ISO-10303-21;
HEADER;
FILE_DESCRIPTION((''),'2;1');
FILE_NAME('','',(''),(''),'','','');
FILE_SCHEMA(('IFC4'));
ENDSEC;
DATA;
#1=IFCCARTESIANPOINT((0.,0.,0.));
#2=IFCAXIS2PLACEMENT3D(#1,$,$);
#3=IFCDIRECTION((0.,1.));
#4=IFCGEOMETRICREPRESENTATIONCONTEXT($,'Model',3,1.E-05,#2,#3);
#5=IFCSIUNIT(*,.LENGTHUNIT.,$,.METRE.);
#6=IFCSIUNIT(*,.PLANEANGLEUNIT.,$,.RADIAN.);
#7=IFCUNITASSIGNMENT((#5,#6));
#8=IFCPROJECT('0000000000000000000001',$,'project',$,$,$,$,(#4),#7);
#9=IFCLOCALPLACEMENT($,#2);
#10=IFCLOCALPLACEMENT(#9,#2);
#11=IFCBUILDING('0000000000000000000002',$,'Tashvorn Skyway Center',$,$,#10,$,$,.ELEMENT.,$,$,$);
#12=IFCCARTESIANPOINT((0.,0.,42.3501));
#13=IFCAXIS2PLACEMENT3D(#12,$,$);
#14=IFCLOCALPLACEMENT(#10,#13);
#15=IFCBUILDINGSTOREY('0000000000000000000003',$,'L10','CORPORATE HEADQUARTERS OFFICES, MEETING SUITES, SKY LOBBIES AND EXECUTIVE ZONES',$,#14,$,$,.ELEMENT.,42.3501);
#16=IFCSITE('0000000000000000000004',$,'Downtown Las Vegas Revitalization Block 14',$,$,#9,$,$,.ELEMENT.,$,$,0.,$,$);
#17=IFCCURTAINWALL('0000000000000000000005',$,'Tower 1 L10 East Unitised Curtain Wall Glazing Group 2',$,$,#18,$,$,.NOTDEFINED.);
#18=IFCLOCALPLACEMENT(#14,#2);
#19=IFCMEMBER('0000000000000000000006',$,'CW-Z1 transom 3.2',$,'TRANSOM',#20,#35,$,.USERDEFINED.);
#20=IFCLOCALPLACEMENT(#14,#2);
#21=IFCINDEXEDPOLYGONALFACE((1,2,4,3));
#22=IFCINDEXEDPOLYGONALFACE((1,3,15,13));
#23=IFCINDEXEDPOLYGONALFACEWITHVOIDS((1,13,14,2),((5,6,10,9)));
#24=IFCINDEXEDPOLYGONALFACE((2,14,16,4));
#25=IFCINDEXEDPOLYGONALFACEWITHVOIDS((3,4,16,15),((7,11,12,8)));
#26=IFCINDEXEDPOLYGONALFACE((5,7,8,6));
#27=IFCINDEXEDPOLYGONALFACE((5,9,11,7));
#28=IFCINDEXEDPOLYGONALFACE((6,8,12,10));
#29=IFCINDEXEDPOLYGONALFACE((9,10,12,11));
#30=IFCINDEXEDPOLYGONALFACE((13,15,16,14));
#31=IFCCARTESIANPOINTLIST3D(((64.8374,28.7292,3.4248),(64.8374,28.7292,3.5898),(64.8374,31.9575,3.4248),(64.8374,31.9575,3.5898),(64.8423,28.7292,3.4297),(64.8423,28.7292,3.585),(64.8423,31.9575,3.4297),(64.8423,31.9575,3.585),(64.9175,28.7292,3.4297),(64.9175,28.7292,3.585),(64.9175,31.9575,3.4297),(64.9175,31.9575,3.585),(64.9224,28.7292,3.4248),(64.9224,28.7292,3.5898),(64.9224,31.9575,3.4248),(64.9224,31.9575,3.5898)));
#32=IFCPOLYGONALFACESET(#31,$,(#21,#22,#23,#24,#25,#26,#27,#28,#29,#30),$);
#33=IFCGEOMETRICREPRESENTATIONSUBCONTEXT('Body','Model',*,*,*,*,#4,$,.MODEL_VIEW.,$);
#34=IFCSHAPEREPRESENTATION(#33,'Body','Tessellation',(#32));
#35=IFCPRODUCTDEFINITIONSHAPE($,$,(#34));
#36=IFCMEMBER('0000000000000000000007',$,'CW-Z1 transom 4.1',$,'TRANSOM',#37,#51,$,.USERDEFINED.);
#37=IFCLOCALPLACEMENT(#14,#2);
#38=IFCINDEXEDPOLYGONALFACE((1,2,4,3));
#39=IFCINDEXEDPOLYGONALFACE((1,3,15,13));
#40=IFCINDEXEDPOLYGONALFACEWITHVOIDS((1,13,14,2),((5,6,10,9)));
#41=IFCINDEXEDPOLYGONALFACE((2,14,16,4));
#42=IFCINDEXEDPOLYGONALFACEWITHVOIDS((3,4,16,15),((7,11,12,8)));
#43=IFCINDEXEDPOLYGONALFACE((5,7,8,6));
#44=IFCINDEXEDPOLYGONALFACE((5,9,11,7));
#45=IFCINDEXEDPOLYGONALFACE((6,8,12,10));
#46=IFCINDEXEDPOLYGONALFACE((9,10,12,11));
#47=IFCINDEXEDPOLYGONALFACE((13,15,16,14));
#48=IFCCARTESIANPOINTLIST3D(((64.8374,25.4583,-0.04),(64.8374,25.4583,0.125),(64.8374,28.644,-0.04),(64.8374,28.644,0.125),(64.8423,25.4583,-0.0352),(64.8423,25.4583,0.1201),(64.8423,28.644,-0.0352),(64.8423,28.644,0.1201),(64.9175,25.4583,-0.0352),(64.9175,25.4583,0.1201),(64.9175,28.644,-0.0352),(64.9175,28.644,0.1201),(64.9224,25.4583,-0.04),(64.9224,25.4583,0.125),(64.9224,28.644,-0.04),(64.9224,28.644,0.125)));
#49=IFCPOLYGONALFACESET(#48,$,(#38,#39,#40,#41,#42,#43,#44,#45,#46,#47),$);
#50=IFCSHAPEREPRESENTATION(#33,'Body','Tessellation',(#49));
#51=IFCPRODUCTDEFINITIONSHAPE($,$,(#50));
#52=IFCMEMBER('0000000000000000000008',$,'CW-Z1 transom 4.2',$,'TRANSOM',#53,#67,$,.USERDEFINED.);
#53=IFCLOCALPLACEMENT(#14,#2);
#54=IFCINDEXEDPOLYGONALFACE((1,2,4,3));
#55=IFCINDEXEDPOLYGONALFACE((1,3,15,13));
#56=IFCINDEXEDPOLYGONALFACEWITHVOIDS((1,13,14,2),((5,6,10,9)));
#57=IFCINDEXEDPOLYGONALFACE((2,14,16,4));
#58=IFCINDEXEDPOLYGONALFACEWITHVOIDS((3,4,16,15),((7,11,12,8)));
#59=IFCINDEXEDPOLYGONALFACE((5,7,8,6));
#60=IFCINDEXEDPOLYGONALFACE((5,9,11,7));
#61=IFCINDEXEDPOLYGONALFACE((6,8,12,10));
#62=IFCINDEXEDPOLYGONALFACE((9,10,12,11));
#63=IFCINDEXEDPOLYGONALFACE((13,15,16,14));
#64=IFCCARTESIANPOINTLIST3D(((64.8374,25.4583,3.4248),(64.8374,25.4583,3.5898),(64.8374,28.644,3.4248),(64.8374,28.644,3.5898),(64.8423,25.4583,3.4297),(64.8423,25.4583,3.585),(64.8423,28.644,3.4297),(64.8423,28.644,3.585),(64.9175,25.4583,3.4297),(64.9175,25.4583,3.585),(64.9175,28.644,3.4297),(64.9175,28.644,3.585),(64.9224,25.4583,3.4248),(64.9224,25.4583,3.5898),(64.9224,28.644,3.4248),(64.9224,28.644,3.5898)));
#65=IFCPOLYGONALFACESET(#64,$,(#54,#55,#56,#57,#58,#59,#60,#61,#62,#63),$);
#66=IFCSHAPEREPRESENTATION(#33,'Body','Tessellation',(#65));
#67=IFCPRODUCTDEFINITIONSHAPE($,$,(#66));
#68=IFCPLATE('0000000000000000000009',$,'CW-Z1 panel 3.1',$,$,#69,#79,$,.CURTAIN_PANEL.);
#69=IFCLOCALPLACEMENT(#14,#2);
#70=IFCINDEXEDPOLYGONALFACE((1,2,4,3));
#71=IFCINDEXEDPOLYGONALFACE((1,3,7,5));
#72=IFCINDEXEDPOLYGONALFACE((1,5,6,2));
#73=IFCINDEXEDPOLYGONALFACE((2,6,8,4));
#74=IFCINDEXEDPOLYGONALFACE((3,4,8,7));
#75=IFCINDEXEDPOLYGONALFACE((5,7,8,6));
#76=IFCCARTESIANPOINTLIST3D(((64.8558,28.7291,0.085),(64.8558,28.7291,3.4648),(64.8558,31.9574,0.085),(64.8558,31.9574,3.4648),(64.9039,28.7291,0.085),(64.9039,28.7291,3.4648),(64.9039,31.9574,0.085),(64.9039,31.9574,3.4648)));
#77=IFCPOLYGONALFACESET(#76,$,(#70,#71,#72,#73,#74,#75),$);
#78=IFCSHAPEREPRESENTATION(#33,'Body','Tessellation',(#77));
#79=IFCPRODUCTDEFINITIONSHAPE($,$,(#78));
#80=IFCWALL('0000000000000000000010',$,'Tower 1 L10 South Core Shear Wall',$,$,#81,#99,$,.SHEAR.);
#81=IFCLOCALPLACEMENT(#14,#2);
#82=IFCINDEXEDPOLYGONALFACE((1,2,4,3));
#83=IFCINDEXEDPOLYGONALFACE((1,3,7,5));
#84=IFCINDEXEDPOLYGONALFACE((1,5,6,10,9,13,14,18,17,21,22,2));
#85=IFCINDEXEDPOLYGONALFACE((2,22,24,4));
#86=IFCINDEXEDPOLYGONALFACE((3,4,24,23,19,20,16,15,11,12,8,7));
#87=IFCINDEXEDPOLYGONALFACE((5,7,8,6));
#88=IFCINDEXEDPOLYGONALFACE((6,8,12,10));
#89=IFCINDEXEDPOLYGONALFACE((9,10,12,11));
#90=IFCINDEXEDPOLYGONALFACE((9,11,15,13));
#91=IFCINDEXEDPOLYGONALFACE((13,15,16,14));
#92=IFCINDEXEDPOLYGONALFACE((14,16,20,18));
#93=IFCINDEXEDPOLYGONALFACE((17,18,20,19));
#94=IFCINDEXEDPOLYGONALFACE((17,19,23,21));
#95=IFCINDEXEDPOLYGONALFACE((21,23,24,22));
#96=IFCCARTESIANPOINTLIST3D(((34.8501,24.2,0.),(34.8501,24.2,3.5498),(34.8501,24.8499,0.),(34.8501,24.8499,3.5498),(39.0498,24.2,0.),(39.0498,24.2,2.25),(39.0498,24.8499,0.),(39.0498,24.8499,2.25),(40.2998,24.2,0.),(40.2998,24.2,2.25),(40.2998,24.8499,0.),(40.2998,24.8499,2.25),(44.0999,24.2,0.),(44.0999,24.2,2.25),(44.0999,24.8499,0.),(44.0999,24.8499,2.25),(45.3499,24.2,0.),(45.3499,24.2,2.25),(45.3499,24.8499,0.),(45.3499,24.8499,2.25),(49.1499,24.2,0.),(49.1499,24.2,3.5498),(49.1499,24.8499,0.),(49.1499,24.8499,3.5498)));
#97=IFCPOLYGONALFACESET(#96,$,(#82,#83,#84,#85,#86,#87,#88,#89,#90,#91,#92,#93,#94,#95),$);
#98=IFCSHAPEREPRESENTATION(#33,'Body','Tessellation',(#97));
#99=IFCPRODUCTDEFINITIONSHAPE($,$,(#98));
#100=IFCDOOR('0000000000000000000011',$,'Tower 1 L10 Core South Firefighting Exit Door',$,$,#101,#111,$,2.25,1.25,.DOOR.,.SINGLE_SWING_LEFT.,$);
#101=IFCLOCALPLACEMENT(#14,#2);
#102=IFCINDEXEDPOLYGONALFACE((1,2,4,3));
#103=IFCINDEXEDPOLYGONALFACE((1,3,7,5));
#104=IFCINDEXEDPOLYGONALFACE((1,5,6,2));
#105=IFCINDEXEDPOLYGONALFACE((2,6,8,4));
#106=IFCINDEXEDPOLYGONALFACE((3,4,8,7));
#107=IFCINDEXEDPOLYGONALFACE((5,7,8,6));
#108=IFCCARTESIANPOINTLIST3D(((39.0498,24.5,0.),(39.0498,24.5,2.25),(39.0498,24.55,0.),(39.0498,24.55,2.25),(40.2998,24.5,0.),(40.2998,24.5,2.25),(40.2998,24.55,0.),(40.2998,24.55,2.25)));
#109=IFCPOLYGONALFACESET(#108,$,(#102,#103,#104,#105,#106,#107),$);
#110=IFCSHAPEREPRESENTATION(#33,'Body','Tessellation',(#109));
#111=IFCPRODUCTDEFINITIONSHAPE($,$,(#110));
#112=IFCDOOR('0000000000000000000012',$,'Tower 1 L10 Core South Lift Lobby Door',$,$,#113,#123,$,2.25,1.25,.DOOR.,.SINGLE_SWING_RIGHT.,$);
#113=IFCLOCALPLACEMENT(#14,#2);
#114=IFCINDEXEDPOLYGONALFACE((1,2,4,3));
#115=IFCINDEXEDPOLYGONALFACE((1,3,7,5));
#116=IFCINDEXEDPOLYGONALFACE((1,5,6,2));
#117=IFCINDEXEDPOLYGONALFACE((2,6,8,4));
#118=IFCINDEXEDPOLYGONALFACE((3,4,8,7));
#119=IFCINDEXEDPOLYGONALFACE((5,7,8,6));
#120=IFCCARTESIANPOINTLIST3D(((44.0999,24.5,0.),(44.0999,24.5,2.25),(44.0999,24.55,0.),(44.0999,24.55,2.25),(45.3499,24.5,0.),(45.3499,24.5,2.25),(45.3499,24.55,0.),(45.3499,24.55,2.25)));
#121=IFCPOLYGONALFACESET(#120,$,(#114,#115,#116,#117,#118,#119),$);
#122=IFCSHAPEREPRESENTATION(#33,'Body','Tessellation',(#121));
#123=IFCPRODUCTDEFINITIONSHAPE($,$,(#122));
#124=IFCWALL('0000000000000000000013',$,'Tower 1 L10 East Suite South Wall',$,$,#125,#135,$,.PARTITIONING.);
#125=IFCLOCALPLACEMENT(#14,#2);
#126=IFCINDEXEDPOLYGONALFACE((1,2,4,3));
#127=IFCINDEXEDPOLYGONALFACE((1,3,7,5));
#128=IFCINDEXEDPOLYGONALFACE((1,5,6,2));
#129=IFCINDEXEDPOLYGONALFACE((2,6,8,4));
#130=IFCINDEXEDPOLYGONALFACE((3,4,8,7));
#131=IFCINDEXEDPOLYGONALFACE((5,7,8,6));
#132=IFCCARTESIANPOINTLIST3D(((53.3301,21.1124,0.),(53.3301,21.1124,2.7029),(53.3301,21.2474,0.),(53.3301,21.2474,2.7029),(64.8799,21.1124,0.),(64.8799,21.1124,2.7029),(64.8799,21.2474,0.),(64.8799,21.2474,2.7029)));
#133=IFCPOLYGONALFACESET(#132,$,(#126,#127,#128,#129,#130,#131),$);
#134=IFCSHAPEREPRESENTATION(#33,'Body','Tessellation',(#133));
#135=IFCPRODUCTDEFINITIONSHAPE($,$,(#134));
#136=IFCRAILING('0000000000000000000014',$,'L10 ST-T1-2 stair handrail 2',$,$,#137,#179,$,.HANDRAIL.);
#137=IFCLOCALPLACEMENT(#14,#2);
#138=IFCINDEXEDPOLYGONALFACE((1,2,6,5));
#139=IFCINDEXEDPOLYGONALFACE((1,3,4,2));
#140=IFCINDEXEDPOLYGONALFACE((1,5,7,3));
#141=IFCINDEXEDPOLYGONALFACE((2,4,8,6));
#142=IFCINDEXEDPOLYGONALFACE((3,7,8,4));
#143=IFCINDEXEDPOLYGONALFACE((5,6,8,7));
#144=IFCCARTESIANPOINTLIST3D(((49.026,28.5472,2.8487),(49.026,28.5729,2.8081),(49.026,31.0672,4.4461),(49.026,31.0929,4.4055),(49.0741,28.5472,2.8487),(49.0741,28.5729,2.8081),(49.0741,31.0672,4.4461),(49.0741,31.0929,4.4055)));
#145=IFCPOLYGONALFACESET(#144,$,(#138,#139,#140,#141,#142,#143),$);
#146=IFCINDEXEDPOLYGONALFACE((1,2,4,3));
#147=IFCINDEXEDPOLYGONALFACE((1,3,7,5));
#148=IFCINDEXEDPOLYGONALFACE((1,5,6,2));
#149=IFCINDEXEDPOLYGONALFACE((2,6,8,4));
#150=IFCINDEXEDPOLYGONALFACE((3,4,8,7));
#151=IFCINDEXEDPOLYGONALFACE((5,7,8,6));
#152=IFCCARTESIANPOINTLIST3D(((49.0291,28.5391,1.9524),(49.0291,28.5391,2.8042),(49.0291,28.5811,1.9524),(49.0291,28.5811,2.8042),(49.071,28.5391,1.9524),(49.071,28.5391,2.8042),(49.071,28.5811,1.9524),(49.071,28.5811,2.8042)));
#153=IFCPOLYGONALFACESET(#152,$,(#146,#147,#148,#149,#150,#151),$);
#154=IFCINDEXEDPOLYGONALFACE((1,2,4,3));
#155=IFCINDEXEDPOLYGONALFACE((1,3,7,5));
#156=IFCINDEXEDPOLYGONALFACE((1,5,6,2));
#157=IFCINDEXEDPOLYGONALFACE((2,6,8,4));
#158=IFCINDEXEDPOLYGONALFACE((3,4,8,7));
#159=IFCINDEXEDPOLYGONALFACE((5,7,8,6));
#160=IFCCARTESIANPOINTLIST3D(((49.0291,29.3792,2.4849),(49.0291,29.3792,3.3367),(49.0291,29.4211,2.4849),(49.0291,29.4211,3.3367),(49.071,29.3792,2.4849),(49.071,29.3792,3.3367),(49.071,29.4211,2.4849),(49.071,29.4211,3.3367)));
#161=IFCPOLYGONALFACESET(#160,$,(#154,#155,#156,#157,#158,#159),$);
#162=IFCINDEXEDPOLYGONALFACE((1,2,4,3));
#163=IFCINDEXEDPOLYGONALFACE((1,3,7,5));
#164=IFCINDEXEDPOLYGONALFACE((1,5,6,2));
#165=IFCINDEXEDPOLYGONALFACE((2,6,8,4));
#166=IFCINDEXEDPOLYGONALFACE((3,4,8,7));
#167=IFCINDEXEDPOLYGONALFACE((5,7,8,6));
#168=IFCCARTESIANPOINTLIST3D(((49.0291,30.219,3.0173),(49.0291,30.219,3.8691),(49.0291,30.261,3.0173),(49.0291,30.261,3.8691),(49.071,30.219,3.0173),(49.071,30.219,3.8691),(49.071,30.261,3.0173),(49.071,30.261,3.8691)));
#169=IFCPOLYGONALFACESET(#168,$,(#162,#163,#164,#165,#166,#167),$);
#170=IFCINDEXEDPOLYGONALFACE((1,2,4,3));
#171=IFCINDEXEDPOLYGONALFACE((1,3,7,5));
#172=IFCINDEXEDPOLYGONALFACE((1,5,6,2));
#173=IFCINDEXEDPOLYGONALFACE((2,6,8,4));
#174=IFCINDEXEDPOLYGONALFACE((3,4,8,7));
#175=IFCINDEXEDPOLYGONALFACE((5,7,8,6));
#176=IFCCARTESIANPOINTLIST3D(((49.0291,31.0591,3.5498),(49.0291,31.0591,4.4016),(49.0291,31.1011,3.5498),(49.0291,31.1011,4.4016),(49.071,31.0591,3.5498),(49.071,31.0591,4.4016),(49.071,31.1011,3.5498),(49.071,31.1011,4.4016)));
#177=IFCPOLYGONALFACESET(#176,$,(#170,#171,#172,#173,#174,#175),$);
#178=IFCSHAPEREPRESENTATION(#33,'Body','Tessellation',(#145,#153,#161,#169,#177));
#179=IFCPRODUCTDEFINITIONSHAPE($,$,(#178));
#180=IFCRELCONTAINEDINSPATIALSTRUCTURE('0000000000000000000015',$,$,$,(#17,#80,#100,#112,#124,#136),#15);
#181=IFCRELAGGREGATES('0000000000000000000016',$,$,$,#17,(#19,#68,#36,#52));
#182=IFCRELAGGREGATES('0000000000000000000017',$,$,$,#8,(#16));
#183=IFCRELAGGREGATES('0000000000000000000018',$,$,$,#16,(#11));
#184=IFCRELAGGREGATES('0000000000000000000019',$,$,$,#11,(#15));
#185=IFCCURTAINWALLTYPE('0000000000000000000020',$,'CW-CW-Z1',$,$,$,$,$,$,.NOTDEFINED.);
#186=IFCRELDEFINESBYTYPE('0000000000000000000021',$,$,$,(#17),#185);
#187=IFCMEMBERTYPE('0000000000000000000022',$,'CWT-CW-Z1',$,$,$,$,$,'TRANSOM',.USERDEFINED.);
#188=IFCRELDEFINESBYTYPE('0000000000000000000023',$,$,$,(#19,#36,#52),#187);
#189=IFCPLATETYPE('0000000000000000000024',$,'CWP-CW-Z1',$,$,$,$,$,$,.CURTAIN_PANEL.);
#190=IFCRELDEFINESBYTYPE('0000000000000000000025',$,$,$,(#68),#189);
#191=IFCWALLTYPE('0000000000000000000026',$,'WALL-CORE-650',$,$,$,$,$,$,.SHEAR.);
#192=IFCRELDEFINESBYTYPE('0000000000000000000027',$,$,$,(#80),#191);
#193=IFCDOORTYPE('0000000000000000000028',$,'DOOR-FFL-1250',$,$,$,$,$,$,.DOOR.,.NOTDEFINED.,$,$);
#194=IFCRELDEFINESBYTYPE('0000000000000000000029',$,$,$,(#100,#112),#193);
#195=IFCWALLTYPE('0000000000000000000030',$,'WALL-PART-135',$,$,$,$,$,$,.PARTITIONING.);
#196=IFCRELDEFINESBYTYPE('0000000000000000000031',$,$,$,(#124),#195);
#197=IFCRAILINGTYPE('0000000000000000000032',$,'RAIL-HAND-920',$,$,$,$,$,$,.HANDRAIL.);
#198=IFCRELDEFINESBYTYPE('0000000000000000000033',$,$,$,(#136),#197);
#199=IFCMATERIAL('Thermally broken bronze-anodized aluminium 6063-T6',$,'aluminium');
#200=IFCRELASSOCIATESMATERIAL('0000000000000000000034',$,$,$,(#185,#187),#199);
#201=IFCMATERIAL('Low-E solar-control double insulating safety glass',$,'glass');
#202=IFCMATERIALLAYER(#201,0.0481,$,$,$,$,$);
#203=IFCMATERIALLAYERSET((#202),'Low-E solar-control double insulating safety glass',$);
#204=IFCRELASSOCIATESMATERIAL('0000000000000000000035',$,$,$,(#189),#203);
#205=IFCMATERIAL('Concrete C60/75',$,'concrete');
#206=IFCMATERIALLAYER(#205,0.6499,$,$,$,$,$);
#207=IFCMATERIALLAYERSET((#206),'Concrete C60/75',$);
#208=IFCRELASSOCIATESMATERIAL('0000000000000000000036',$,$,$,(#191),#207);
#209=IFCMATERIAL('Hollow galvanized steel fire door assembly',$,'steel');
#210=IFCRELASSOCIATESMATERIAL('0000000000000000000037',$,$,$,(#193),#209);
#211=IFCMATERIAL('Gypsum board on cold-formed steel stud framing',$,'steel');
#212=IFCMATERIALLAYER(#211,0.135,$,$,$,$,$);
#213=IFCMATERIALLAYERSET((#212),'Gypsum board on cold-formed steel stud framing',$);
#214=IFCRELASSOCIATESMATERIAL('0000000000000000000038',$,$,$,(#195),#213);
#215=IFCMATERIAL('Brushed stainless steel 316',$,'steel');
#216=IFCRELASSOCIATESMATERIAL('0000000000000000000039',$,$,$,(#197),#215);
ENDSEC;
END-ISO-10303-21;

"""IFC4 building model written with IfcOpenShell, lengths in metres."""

from ifc_helpers import new_model, si_unit, direction, frame, frame_2d, origin, origin_2d, place, context, subcontext, project, spatial, rectangle, hollow_rectangle, extrude, material, layer, layer_set, material_profile, profile_set, type_object, element, fill, aggregate, save


model = new_model("IFC4")

# Units and contexts
model_context = context("Model", 3, precision=1e-05, world=origin(), true_north=direction((0.0, 1.0)))
body_context = subcontext(model_context, "Body", "Model", "MODEL_VIEW")
ifc_project = project(units=[si_unit("LENGTHUNIT", "METRE"), si_unit("PLANEANGLEUNIT", "RADIAN")], contexts=[model_context])

# Site, building, storey
site_placement = place(None, origin())
site = spatial("IfcSite", under=ifc_project, at=site_placement, Name="Downtown Las Vegas Revitalization Block 14", CompositionType="ELEMENT", RefElevation=0.0)
building_placement = place(site_placement, origin())
building = spatial("IfcBuilding", under=site, at=building_placement, Name="Tashvorn Skyway Center", CompositionType="ELEMENT")
storey_placement = place(building_placement, frame((0.0, 0.0, 42.3501)))
storey = spatial("IfcBuildingStorey", under=building, at=storey_placement, Name="L10", Description="CORPORATE HEADQUARTERS OFFICES, MEETING SUITES, SKY LOBBIES AND EXECUTIVE ZONES", CompositionType="ELEMENT", Elevation=42.3501)

# Curtain wall, members, plate
ifc_material_1 = material(Name="Thermally broken bronze-anodized aluminium 6063-T6", Category="aluminium")
curtain_wall_type = type_object("IfcCurtainWallType", Name="CW-CW-Z1", PredefinedType="NOTDEFINED", material=ifc_material_1)
curtain_wall_placement = place(storey_placement, origin())
curtain_wall = element("IfcCurtainWall", 1, at=curtain_wall_placement, inside=storey, type_object=curtain_wall_type, Name="Tower 1 L10 East Unitised Curtain Wall Glazing Group 2", PredefinedType="NOTDEFINED")
ifc_material_profile_1 = material_profile(ifc_material_1, hollow_rectangle(XDim=0.085, YDim=0.165, WallThickness=0.0049, at=origin_2d()), Name="ALU-TRAN-85x165")
ifc_profile_set_1 = profile_set([ifc_material_profile_1], Name="Thermally broken bronze-anodized aluminium 6063-T6")
member_type_1 = type_object("IfcMemberType", Name="CWT-CW-Z1", ElementType="TRANSOM", PredefinedType="USERDEFINED", material=ifc_profile_set_1)
member_1_placement = place(storey_placement, frame((64.8799, 31.9575, 3.5073), z_axis=(0.0, -1.0, 0.0), x_axis=(1.0, 0.0, 0.0)))
member_1 = element("IfcMember", 2, at=member_1_placement, type_object=member_type_1, Name="CW-Z1 transom 3.2", ObjectType="TRANSOM", PredefinedType="USERDEFINED", context=body_context, shape_type="SweptSolid", body=[
    extrude(hollow_rectangle(XDim=0.085, YDim=0.165, WallThickness=0.0049, at=origin_2d()), origin(), (0.0, 0.0, 1.0), 3.2283),
])
member_2_placement = place(storey_placement, frame((64.8799, 28.644, 0.0425), z_axis=(0.0, -1.0, 0.0), x_axis=(1.0, 0.0, 0.0)))
member_2 = element("IfcMember", 3, at=member_2_placement, type_object=member_type_1, Name="CW-Z1 transom 4.1", ObjectType="TRANSOM", PredefinedType="USERDEFINED", context=body_context, shape_type="SweptSolid", body=[
    extrude(hollow_rectangle(XDim=0.085, YDim=0.165, WallThickness=0.0049, at=origin_2d()), origin(), (0.0, 0.0, 1.0), 3.1858),
])
member_3_placement = place(storey_placement, frame((64.8799, 28.644, 3.5073), z_axis=(0.0, -1.0, 0.0), x_axis=(1.0, 0.0, 0.0)))
member_3 = element("IfcMember", 4, at=member_3_placement, type_object=member_type_1, Name="CW-Z1 transom 4.2", ObjectType="TRANSOM", PredefinedType="USERDEFINED", context=body_context, shape_type="SweptSolid", body=[
    extrude(hollow_rectangle(XDim=0.085, YDim=0.165, WallThickness=0.0049, at=origin_2d()), origin(), (0.0, 0.0, 1.0), 3.1858),
])
ifc_material_2 = material(Name="Low-E solar-control double insulating safety glass", Category="glass")
ifc_layer_1 = layer(ifc_material_2, 0.0481)
ifc_layer_set_1 = layer_set([ifc_layer_1], Name="Low-E solar-control double insulating safety glass")
plate_type = type_object("IfcPlateType", Name="CWP-CW-Z1", PredefinedType="CURTAIN_PANEL", material=ifc_layer_set_1)
plate_placement = place(storey_placement, frame((64.8799, 30.3433, 0.085), z_axis=(0.0, 0.0, 1.0), x_axis=(0.0, -1.0, 0.0)))
plate = element("IfcPlate", 5, at=plate_placement, type_object=plate_type, Name="CW-Z1 panel 3.1", PredefinedType="CURTAIN_PANEL", context=body_context, shape_type="SweptSolid", body=[
    extrude(rectangle(XDim=3.2283, YDim=0.0481, at=origin_2d()), origin(), (0.0, 0.0, 1.0), 3.3799),
])
aggregate(curtain_wall, [member_1, plate, member_2, member_3])

# Wall, openings, doors
ifc_material_3 = material(Name="Concrete C60/75", Category="concrete")
ifc_layer_2 = layer(ifc_material_3, 0.6499)
ifc_layer_set_2 = layer_set([ifc_layer_2], Name="Concrete C60/75")
wall_type_1 = type_object("IfcWallType", Name="WALL-CORE-650", PredefinedType="SHEAR", material=ifc_layer_set_2)
wall_1_placement = place(storey_placement, frame((49.1499, 24.5249, 0.0), z_axis=(0.0, 0.0, 1.0), x_axis=(-1.0, 0.0, 0.0)))
wall_1 = element("IfcWall", 6, at=wall_1_placement, inside=storey, type_object=wall_type_1, Name="Tower 1 L10 South Core Shear Wall", PredefinedType="SHEAR", context=body_context, shape_type="SweptSolid", body=[
    extrude(rectangle(XDim=14.2998, YDim=0.6499, at=frame_2d((7.1499, 0.0))), origin(), (0.0, 0.0, 1.0), 3.5498),
])
opening_1_placement = place(wall_1_placement, frame((8.8501, 0.0, 0.0)))
opening_1 = element("IfcOpeningElement", 7, at=opening_1_placement, cuts=wall_1, PredefinedType="OPENING", context=body_context, shape_type="SweptSolid", body=[
    extrude(rectangle(XDim=1.25, YDim=2.25, at=frame_2d((0.625, 1.125))), frame((0.0, 0.335, 0.0), z_axis=(0.0, -1.0, 0.0), x_axis=(1.0, 0.0, 0.0)), (0.0, 0.0, 1.0), 0.6699),
])
opening_2_placement = place(wall_1_placement, frame((3.8, 0.0, 0.0)))
opening_2 = element("IfcOpeningElement", 8, at=opening_2_placement, cuts=wall_1, PredefinedType="OPENING", context=body_context, shape_type="SweptSolid", body=[
    extrude(rectangle(XDim=1.25, YDim=2.25, at=frame_2d((0.625, 1.125))), frame((0.0, 0.335, 0.0), z_axis=(0.0, -1.0, 0.0), x_axis=(1.0, 0.0, 0.0)), (0.0, 0.0, 1.0), 0.6699),
])
ifc_material_4 = material(Name="Hollow galvanized steel fire door assembly", Category="steel")
door_type = type_object("IfcDoorType", Name="DOOR-FFL-1250", OperationType="NOTDEFINED", PredefinedType="DOOR", material=ifc_material_4)
door_1_placement = place(opening_1_placement, origin())
door_1 = element("IfcDoor", 9, at=door_1_placement, inside=storey, type_object=door_type, Name="Tower 1 L10 Core South Firefighting Exit Door", OperationType="SINGLE_SWING_LEFT", OverallHeight=2.25, OverallWidth=1.25, PredefinedType="DOOR", context=body_context, shape_type="SweptSolid", body=[
    extrude(rectangle(XDim=1.25, YDim=2.25, at=frame_2d((0.625, 1.125))), frame((0.0, 0.0249, 0.0), z_axis=(0.0, -1.0, 0.0), x_axis=(1.0, 0.0, 0.0)), (0.0, 0.0, 1.0), 0.05),
])
fill(opening_1, door_1)
door_2_placement = place(opening_2_placement, origin())
door_2 = element("IfcDoor", 10, at=door_2_placement, inside=storey, type_object=door_type, Name="Tower 1 L10 Core South Lift Lobby Door", OperationType="SINGLE_SWING_RIGHT", OverallHeight=2.25, OverallWidth=1.25, PredefinedType="DOOR", context=body_context, shape_type="SweptSolid", body=[
    extrude(rectangle(XDim=1.25, YDim=2.25, at=frame_2d((0.625, 1.125))), frame((0.0, 0.0249, 0.0), z_axis=(0.0, -1.0, 0.0), x_axis=(1.0, 0.0, 0.0)), (0.0, 0.0, 1.0), 0.05),
])
fill(opening_2, door_2)

# Wall
ifc_material_5 = material(Name="Gypsum board on cold-formed steel stud framing", Category="steel")
ifc_layer_3 = layer(ifc_material_5, 0.135)
ifc_layer_set_3 = layer_set([ifc_layer_3], Name="Gypsum board on cold-formed steel stud framing")
wall_type_2 = type_object("IfcWallType", Name="WALL-PART-135", PredefinedType="PARTITIONING", material=ifc_layer_set_3)
wall_2_placement = place(storey_placement, frame((53.3301, 21.1799, 0.0), z_axis=(0.0, 0.0, 1.0), x_axis=(1.0, 0.0, 0.0)))
element("IfcWall", 11, at=wall_2_placement, inside=storey, type_object=wall_type_2, Name="Tower 1 L10 East Suite South Wall", PredefinedType="PARTITIONING", context=body_context, shape_type="SweptSolid", body=[
    extrude(rectangle(XDim=11.5498, YDim=0.135, at=frame_2d((5.7749, 0.0))), origin(), (0.0, 0.0, 1.0), 2.7029),
])

# Railing
ifc_material_6 = material(Name="Brushed stainless steel 316", Category="steel")
railing_type_1 = type_object("IfcRailingType", Name="RAIL-HAND-920", PredefinedType="HANDRAIL", material=ifc_material_6)
railing_1_placement = place(storey_placement, frame((49.05, 28.5601, 1.9524)))
element("IfcRailing", 12, at=railing_1_placement, inside=storey, type_object=railing_type_1, Name="L10 ST-T1-2 stair handrail 2", PredefinedType="HANDRAIL", context=body_context, shape_type="SweptSolid", body=[
    extrude(rectangle(XDim=0.0481, YDim=0.0481, at=origin_2d()), frame((0.0, 0.0, 0.876), z_axis=(0.0, 0.844607, 0.535387), x_axis=(-1.0, 0.0, 0.0)), (0.0, 0.0, 1.0), 2.9836),
    extrude(rectangle(XDim=0.042, YDim=0.042, at=origin_2d()), origin(), (0.0, 0.0, 1.0), 0.8518),
    extrude(rectangle(XDim=0.042, YDim=0.042, at=origin_2d()), frame((0.0, 0.8401, 0.5325)), (0.0, 0.0, 1.0), 0.8518),
    extrude(rectangle(XDim=0.042, YDim=0.042, at=origin_2d()), frame((0.0, 1.6799, 1.0649)), (0.0, 0.0, 1.0), 0.8518),
    extrude(rectangle(XDim=0.042, YDim=0.042, at=origin_2d()), frame((0.0, 2.52, 1.5974)), (0.0, 0.0, 1.0), 0.8518),
])

save(model, "model.ifc")
